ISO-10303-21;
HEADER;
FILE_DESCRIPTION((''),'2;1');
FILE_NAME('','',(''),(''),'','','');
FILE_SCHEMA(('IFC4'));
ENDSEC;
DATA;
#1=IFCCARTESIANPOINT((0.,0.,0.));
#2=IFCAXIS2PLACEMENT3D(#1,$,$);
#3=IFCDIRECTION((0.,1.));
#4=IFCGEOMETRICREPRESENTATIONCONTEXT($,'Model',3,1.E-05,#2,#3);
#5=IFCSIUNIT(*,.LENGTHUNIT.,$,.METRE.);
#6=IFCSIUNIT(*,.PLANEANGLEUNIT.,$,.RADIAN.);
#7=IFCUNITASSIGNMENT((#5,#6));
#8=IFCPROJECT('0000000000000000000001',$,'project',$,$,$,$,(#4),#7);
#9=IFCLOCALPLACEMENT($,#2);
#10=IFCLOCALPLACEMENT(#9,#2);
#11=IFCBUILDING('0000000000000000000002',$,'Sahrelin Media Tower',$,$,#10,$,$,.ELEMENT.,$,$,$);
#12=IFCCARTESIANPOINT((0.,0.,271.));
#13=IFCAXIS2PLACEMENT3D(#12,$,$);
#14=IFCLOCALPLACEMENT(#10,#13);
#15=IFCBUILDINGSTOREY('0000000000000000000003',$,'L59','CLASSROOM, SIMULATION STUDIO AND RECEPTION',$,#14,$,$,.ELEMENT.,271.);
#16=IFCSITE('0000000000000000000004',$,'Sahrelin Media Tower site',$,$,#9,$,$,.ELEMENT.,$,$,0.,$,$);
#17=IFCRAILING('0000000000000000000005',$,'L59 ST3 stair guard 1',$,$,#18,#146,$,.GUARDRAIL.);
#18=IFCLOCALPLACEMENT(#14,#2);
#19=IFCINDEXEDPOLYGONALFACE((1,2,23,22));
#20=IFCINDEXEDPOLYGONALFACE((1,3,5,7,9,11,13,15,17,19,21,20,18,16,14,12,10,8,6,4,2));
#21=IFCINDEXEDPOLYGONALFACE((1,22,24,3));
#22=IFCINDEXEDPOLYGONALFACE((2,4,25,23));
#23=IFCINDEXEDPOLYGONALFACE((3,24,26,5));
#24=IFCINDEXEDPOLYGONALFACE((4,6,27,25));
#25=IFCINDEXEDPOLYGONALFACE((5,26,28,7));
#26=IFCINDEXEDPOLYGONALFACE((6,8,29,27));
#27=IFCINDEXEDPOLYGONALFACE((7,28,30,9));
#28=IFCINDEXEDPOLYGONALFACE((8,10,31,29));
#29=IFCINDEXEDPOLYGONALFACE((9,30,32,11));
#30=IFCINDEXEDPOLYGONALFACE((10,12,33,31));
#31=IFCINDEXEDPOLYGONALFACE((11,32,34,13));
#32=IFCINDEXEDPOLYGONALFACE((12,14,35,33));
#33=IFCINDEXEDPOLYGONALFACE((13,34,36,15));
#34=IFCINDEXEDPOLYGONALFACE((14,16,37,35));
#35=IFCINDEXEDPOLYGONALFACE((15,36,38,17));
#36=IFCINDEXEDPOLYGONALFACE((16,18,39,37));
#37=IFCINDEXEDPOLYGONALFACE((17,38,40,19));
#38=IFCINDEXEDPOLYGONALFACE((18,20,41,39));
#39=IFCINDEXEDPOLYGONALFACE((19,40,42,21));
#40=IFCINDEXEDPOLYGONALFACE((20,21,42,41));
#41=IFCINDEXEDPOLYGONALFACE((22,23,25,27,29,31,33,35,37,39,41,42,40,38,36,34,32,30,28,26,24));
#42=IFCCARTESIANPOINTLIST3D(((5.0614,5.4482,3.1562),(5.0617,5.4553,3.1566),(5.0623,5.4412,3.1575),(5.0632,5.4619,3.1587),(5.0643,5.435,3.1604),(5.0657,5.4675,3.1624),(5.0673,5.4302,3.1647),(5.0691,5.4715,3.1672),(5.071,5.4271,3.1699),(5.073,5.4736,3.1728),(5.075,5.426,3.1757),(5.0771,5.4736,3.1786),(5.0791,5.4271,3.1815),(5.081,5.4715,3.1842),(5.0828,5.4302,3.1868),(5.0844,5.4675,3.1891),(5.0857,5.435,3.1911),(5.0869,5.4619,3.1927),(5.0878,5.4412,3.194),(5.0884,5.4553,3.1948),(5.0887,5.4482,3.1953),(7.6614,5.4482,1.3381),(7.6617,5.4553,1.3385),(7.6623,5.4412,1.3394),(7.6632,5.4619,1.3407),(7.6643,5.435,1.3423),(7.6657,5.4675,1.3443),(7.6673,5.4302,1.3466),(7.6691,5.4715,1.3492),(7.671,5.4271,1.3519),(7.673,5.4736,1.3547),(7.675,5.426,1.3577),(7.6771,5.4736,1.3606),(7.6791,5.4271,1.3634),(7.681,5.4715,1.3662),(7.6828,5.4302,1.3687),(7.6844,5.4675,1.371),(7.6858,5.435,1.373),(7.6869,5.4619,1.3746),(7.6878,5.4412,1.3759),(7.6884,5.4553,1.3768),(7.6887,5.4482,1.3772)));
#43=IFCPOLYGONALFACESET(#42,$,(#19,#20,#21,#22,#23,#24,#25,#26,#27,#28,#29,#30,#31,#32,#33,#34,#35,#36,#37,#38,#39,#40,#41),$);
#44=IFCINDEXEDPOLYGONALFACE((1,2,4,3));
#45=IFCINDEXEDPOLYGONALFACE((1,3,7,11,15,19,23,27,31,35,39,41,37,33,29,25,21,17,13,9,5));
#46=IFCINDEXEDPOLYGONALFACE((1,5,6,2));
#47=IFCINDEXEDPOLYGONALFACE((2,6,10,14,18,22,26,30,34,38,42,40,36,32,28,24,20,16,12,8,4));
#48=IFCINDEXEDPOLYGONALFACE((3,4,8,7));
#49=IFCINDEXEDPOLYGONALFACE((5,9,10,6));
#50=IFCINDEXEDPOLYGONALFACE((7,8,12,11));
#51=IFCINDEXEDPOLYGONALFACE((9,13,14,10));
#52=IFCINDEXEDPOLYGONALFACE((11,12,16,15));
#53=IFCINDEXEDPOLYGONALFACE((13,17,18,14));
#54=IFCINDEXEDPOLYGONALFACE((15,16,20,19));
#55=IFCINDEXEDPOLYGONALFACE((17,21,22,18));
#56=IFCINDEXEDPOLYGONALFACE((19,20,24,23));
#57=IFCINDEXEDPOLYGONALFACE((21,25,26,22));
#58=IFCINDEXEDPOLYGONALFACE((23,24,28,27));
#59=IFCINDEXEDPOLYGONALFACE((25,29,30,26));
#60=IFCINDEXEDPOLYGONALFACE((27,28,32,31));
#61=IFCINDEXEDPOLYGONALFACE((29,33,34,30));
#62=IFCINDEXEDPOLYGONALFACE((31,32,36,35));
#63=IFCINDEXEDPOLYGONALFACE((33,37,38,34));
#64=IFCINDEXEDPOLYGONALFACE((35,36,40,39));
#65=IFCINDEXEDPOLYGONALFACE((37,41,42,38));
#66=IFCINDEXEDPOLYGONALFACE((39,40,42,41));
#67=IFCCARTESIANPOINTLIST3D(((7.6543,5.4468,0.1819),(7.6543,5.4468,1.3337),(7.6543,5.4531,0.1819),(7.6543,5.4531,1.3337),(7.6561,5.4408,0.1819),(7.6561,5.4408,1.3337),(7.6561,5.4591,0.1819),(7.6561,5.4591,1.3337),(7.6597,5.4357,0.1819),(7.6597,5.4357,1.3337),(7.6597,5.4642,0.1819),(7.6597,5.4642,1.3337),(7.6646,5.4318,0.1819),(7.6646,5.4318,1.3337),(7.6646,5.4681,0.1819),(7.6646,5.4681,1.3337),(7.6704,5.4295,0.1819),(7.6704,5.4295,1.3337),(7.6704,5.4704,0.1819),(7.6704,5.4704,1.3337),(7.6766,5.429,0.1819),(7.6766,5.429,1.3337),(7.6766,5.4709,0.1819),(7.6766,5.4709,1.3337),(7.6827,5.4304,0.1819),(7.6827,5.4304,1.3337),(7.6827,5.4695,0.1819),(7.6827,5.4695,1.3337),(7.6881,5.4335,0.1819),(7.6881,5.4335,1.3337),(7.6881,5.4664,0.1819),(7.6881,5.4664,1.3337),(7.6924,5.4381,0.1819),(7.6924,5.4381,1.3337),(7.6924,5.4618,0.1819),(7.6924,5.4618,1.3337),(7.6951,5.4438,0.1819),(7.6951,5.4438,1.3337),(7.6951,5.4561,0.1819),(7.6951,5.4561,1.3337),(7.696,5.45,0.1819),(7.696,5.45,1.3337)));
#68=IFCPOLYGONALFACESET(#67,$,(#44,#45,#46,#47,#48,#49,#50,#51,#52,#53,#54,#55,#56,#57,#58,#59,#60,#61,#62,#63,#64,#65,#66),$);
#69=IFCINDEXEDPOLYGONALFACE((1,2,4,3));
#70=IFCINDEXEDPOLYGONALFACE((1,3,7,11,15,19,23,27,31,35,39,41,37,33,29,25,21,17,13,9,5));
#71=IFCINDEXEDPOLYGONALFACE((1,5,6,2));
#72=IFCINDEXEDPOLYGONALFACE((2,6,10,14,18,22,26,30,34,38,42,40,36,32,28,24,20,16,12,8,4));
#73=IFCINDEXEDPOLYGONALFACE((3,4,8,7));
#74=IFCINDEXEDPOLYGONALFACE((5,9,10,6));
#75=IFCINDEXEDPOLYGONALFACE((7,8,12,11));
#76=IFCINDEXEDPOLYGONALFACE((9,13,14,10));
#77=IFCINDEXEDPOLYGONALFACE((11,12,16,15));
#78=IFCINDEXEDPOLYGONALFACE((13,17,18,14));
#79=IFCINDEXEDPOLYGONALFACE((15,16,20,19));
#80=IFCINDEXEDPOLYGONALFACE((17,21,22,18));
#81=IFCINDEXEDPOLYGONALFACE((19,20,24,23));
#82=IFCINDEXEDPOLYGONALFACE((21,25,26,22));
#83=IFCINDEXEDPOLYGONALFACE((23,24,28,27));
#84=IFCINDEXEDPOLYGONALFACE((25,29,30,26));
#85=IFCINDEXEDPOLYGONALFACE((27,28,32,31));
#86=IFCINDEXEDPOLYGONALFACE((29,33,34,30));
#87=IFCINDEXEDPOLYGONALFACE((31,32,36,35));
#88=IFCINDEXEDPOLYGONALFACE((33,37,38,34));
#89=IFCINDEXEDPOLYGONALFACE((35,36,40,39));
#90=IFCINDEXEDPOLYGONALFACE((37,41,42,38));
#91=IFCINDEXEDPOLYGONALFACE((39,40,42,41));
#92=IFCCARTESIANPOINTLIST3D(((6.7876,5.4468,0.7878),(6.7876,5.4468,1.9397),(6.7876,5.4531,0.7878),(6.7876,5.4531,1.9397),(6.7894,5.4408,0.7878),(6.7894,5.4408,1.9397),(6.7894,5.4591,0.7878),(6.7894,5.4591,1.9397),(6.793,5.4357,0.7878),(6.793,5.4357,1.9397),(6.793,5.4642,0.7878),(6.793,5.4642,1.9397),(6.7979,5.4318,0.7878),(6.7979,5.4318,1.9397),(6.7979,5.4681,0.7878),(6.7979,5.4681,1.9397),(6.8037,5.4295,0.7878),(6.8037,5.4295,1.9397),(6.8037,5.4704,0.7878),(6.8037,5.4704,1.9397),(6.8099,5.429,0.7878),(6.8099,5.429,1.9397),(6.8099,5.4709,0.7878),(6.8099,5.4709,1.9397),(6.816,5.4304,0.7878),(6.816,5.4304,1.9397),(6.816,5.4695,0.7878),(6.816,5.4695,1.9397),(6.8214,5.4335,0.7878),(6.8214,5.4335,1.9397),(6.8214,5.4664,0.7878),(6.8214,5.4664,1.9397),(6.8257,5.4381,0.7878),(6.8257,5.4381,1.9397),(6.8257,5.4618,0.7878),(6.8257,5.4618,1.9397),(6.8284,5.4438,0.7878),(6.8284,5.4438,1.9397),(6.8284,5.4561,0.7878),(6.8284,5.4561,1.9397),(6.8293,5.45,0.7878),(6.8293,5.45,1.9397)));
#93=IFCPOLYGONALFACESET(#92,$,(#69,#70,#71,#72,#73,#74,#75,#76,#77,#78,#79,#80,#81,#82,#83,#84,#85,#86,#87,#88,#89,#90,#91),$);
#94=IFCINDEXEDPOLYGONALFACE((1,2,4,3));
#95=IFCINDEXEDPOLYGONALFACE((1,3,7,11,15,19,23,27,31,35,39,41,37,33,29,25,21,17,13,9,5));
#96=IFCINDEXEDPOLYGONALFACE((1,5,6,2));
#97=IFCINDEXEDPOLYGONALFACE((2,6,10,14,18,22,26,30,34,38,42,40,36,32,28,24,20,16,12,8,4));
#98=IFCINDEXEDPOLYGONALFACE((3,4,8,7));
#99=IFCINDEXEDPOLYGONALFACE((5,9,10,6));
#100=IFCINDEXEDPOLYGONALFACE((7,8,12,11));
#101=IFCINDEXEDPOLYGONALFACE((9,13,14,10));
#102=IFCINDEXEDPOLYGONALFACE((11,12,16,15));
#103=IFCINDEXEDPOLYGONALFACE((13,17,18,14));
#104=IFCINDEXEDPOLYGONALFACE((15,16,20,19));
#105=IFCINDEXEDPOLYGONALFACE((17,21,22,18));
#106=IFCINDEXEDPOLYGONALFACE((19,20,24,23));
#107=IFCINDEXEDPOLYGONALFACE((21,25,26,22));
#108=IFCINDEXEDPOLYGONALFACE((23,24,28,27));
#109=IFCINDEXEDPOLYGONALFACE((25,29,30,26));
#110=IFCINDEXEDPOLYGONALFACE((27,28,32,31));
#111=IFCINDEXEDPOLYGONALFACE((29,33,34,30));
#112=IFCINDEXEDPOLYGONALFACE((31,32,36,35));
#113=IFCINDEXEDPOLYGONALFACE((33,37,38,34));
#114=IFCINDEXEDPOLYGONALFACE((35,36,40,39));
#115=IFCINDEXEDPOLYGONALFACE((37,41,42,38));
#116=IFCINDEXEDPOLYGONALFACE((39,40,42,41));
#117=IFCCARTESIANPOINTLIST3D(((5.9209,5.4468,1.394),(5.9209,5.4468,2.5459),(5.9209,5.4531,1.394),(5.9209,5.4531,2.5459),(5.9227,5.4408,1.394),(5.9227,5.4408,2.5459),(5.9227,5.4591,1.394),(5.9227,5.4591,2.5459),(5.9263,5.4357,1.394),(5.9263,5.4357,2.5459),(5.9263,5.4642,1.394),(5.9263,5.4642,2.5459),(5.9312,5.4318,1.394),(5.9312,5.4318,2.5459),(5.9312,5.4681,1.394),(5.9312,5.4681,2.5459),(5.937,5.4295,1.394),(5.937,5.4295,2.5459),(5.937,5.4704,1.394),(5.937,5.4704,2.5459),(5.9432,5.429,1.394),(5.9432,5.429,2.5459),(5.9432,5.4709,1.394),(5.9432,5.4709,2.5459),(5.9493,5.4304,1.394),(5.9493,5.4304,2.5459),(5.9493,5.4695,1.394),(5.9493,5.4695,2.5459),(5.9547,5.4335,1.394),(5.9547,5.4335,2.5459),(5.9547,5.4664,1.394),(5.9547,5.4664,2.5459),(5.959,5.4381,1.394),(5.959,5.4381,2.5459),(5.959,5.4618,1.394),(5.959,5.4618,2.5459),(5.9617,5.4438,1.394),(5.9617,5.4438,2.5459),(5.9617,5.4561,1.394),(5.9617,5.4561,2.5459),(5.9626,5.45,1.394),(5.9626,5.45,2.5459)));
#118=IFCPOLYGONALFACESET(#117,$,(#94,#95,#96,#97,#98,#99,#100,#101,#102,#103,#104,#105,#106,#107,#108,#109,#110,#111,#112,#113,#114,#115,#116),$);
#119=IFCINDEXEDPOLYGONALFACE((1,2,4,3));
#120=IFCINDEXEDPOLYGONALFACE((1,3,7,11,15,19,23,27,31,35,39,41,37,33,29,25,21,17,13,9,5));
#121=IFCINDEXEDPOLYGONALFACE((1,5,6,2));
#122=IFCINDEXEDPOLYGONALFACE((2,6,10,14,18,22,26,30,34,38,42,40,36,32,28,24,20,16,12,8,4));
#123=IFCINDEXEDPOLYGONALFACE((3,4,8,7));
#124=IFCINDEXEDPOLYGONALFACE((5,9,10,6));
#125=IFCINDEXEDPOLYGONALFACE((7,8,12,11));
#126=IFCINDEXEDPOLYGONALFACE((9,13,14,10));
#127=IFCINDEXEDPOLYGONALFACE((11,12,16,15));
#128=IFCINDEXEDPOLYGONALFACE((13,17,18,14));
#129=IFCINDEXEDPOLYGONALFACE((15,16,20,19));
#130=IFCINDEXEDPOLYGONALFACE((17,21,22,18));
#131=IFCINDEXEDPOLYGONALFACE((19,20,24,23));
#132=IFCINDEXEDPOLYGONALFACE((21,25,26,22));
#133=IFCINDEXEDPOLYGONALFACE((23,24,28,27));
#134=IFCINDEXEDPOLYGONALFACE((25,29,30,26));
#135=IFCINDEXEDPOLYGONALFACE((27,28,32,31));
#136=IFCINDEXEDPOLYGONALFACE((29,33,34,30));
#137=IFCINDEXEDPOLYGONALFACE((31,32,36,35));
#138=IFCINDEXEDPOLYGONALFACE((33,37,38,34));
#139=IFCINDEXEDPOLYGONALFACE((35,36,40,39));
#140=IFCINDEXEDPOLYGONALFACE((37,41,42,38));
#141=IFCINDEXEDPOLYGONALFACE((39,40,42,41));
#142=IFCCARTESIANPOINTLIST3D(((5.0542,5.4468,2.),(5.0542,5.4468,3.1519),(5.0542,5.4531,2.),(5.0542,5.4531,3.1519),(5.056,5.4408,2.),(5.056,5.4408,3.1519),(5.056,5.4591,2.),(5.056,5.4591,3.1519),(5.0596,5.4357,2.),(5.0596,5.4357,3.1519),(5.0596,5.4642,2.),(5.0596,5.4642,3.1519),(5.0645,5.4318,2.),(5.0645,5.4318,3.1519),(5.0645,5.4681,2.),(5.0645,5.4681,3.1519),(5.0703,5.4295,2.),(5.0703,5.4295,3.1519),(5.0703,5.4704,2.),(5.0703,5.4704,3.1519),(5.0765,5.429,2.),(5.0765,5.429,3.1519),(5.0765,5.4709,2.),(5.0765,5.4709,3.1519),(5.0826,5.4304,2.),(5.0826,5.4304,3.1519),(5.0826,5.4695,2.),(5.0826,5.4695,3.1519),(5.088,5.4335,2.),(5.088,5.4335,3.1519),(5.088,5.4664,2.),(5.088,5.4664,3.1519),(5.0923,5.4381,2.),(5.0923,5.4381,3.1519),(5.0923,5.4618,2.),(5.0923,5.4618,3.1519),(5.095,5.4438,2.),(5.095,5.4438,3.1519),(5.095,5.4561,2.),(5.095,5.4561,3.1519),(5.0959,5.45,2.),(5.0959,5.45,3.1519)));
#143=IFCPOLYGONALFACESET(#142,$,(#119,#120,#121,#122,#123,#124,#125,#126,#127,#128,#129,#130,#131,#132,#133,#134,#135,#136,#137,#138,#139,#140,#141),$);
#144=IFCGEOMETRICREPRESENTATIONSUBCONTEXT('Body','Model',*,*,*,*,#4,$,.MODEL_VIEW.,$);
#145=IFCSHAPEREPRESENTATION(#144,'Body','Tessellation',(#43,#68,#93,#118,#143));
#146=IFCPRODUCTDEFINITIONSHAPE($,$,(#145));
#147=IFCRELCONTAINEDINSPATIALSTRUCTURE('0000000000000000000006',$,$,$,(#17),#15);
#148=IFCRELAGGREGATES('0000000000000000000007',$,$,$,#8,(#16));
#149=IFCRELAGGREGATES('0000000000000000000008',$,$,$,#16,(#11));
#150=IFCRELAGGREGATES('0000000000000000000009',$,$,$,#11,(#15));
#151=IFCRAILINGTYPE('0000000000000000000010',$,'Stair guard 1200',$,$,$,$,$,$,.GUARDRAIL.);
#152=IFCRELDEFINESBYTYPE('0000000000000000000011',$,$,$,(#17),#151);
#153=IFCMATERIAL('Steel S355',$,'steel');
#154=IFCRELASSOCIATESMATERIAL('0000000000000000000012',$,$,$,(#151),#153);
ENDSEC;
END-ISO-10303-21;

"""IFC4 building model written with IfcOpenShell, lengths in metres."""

from ifc_helpers import new_model, si_unit, direction, frame, origin, origin_2d, place, context, subcontext, project, spatial, circle, extrude, material, type_object, element, save


model = new_model("IFC4")

# Units and contexts
model_context = context("Model", 3, precision=1e-05, world=origin(), true_north=direction((0.0, 1.0)))
body_context = subcontext(model_context, "Body", "Model", "MODEL_VIEW")
ifc_project = project(units=[si_unit("LENGTHUNIT", "METRE"), si_unit("PLANEANGLEUNIT", "RADIAN")], contexts=[model_context])

# Site, building, storey
site_placement = place(None, origin())
site = spatial("IfcSite", under=ifc_project, at=site_placement, Name="Sahrelin Media Tower site", CompositionType="ELEMENT", RefElevation=0.0)
building_placement = place(site_placement, origin())
building = spatial("IfcBuilding", under=site, at=building_placement, Name="Sahrelin Media Tower", CompositionType="ELEMENT")
storey_placement = place(building_placement, frame((0.0, 0.0, 271.0)))
storey = spatial("IfcBuildingStorey", under=building, at=storey_placement, Name="L59", Description="CLASSROOM, SIMULATION STUDIO AND RECEPTION", CompositionType="ELEMENT", Elevation=271.0)

# Shared definitions
ifc_material_1 = material(Name="Steel S355", Category="steel")

# Railing
railing_type_1 = type_object("IfcRailingType", Name="Stair guard 1200", PredefinedType="GUARDRAIL", material=ifc_material_1)
railing_1_placement = place(storey_placement, frame((7.675, 5.45, 0.1819)))
element("IfcRailing", 1, at=railing_1_placement, inside=storey, type_object=railing_type_1, Name="L59 ST3 stair guard 1", PredefinedType="GUARDRAIL", context=body_context, shape_type="SweptSolid", body=[
    extrude(circle(Radius=0.0239, at=origin_2d()), frame((0.0, 0.0, 1.1758), z_axis=(-0.819521, 0.0, 0.573049), x_axis=(0.0, -1.0, 0.0)), (0.0, 0.0, 1.0), 3.1726),
    extrude(circle(Radius=0.021, at=origin_2d()), origin(), (0.0, 0.0, 1.0), 1.1519),
    extrude(circle(Radius=0.021, at=origin_2d()), frame((-0.8667, 0.0, 0.606)), (0.0, 0.0, 1.0), 1.1519),
    extrude(circle(Radius=0.021, at=origin_2d()), frame((-1.7334, 0.0, 1.2122)), (0.0, 0.0, 1.0), 1.1519),
    extrude(circle(Radius=0.021, at=origin_2d()), frame((-2.6001, 0.0, 1.8181)), (0.0, 0.0, 1.0), 1.1519),
])

save(model, "model.ifc")
